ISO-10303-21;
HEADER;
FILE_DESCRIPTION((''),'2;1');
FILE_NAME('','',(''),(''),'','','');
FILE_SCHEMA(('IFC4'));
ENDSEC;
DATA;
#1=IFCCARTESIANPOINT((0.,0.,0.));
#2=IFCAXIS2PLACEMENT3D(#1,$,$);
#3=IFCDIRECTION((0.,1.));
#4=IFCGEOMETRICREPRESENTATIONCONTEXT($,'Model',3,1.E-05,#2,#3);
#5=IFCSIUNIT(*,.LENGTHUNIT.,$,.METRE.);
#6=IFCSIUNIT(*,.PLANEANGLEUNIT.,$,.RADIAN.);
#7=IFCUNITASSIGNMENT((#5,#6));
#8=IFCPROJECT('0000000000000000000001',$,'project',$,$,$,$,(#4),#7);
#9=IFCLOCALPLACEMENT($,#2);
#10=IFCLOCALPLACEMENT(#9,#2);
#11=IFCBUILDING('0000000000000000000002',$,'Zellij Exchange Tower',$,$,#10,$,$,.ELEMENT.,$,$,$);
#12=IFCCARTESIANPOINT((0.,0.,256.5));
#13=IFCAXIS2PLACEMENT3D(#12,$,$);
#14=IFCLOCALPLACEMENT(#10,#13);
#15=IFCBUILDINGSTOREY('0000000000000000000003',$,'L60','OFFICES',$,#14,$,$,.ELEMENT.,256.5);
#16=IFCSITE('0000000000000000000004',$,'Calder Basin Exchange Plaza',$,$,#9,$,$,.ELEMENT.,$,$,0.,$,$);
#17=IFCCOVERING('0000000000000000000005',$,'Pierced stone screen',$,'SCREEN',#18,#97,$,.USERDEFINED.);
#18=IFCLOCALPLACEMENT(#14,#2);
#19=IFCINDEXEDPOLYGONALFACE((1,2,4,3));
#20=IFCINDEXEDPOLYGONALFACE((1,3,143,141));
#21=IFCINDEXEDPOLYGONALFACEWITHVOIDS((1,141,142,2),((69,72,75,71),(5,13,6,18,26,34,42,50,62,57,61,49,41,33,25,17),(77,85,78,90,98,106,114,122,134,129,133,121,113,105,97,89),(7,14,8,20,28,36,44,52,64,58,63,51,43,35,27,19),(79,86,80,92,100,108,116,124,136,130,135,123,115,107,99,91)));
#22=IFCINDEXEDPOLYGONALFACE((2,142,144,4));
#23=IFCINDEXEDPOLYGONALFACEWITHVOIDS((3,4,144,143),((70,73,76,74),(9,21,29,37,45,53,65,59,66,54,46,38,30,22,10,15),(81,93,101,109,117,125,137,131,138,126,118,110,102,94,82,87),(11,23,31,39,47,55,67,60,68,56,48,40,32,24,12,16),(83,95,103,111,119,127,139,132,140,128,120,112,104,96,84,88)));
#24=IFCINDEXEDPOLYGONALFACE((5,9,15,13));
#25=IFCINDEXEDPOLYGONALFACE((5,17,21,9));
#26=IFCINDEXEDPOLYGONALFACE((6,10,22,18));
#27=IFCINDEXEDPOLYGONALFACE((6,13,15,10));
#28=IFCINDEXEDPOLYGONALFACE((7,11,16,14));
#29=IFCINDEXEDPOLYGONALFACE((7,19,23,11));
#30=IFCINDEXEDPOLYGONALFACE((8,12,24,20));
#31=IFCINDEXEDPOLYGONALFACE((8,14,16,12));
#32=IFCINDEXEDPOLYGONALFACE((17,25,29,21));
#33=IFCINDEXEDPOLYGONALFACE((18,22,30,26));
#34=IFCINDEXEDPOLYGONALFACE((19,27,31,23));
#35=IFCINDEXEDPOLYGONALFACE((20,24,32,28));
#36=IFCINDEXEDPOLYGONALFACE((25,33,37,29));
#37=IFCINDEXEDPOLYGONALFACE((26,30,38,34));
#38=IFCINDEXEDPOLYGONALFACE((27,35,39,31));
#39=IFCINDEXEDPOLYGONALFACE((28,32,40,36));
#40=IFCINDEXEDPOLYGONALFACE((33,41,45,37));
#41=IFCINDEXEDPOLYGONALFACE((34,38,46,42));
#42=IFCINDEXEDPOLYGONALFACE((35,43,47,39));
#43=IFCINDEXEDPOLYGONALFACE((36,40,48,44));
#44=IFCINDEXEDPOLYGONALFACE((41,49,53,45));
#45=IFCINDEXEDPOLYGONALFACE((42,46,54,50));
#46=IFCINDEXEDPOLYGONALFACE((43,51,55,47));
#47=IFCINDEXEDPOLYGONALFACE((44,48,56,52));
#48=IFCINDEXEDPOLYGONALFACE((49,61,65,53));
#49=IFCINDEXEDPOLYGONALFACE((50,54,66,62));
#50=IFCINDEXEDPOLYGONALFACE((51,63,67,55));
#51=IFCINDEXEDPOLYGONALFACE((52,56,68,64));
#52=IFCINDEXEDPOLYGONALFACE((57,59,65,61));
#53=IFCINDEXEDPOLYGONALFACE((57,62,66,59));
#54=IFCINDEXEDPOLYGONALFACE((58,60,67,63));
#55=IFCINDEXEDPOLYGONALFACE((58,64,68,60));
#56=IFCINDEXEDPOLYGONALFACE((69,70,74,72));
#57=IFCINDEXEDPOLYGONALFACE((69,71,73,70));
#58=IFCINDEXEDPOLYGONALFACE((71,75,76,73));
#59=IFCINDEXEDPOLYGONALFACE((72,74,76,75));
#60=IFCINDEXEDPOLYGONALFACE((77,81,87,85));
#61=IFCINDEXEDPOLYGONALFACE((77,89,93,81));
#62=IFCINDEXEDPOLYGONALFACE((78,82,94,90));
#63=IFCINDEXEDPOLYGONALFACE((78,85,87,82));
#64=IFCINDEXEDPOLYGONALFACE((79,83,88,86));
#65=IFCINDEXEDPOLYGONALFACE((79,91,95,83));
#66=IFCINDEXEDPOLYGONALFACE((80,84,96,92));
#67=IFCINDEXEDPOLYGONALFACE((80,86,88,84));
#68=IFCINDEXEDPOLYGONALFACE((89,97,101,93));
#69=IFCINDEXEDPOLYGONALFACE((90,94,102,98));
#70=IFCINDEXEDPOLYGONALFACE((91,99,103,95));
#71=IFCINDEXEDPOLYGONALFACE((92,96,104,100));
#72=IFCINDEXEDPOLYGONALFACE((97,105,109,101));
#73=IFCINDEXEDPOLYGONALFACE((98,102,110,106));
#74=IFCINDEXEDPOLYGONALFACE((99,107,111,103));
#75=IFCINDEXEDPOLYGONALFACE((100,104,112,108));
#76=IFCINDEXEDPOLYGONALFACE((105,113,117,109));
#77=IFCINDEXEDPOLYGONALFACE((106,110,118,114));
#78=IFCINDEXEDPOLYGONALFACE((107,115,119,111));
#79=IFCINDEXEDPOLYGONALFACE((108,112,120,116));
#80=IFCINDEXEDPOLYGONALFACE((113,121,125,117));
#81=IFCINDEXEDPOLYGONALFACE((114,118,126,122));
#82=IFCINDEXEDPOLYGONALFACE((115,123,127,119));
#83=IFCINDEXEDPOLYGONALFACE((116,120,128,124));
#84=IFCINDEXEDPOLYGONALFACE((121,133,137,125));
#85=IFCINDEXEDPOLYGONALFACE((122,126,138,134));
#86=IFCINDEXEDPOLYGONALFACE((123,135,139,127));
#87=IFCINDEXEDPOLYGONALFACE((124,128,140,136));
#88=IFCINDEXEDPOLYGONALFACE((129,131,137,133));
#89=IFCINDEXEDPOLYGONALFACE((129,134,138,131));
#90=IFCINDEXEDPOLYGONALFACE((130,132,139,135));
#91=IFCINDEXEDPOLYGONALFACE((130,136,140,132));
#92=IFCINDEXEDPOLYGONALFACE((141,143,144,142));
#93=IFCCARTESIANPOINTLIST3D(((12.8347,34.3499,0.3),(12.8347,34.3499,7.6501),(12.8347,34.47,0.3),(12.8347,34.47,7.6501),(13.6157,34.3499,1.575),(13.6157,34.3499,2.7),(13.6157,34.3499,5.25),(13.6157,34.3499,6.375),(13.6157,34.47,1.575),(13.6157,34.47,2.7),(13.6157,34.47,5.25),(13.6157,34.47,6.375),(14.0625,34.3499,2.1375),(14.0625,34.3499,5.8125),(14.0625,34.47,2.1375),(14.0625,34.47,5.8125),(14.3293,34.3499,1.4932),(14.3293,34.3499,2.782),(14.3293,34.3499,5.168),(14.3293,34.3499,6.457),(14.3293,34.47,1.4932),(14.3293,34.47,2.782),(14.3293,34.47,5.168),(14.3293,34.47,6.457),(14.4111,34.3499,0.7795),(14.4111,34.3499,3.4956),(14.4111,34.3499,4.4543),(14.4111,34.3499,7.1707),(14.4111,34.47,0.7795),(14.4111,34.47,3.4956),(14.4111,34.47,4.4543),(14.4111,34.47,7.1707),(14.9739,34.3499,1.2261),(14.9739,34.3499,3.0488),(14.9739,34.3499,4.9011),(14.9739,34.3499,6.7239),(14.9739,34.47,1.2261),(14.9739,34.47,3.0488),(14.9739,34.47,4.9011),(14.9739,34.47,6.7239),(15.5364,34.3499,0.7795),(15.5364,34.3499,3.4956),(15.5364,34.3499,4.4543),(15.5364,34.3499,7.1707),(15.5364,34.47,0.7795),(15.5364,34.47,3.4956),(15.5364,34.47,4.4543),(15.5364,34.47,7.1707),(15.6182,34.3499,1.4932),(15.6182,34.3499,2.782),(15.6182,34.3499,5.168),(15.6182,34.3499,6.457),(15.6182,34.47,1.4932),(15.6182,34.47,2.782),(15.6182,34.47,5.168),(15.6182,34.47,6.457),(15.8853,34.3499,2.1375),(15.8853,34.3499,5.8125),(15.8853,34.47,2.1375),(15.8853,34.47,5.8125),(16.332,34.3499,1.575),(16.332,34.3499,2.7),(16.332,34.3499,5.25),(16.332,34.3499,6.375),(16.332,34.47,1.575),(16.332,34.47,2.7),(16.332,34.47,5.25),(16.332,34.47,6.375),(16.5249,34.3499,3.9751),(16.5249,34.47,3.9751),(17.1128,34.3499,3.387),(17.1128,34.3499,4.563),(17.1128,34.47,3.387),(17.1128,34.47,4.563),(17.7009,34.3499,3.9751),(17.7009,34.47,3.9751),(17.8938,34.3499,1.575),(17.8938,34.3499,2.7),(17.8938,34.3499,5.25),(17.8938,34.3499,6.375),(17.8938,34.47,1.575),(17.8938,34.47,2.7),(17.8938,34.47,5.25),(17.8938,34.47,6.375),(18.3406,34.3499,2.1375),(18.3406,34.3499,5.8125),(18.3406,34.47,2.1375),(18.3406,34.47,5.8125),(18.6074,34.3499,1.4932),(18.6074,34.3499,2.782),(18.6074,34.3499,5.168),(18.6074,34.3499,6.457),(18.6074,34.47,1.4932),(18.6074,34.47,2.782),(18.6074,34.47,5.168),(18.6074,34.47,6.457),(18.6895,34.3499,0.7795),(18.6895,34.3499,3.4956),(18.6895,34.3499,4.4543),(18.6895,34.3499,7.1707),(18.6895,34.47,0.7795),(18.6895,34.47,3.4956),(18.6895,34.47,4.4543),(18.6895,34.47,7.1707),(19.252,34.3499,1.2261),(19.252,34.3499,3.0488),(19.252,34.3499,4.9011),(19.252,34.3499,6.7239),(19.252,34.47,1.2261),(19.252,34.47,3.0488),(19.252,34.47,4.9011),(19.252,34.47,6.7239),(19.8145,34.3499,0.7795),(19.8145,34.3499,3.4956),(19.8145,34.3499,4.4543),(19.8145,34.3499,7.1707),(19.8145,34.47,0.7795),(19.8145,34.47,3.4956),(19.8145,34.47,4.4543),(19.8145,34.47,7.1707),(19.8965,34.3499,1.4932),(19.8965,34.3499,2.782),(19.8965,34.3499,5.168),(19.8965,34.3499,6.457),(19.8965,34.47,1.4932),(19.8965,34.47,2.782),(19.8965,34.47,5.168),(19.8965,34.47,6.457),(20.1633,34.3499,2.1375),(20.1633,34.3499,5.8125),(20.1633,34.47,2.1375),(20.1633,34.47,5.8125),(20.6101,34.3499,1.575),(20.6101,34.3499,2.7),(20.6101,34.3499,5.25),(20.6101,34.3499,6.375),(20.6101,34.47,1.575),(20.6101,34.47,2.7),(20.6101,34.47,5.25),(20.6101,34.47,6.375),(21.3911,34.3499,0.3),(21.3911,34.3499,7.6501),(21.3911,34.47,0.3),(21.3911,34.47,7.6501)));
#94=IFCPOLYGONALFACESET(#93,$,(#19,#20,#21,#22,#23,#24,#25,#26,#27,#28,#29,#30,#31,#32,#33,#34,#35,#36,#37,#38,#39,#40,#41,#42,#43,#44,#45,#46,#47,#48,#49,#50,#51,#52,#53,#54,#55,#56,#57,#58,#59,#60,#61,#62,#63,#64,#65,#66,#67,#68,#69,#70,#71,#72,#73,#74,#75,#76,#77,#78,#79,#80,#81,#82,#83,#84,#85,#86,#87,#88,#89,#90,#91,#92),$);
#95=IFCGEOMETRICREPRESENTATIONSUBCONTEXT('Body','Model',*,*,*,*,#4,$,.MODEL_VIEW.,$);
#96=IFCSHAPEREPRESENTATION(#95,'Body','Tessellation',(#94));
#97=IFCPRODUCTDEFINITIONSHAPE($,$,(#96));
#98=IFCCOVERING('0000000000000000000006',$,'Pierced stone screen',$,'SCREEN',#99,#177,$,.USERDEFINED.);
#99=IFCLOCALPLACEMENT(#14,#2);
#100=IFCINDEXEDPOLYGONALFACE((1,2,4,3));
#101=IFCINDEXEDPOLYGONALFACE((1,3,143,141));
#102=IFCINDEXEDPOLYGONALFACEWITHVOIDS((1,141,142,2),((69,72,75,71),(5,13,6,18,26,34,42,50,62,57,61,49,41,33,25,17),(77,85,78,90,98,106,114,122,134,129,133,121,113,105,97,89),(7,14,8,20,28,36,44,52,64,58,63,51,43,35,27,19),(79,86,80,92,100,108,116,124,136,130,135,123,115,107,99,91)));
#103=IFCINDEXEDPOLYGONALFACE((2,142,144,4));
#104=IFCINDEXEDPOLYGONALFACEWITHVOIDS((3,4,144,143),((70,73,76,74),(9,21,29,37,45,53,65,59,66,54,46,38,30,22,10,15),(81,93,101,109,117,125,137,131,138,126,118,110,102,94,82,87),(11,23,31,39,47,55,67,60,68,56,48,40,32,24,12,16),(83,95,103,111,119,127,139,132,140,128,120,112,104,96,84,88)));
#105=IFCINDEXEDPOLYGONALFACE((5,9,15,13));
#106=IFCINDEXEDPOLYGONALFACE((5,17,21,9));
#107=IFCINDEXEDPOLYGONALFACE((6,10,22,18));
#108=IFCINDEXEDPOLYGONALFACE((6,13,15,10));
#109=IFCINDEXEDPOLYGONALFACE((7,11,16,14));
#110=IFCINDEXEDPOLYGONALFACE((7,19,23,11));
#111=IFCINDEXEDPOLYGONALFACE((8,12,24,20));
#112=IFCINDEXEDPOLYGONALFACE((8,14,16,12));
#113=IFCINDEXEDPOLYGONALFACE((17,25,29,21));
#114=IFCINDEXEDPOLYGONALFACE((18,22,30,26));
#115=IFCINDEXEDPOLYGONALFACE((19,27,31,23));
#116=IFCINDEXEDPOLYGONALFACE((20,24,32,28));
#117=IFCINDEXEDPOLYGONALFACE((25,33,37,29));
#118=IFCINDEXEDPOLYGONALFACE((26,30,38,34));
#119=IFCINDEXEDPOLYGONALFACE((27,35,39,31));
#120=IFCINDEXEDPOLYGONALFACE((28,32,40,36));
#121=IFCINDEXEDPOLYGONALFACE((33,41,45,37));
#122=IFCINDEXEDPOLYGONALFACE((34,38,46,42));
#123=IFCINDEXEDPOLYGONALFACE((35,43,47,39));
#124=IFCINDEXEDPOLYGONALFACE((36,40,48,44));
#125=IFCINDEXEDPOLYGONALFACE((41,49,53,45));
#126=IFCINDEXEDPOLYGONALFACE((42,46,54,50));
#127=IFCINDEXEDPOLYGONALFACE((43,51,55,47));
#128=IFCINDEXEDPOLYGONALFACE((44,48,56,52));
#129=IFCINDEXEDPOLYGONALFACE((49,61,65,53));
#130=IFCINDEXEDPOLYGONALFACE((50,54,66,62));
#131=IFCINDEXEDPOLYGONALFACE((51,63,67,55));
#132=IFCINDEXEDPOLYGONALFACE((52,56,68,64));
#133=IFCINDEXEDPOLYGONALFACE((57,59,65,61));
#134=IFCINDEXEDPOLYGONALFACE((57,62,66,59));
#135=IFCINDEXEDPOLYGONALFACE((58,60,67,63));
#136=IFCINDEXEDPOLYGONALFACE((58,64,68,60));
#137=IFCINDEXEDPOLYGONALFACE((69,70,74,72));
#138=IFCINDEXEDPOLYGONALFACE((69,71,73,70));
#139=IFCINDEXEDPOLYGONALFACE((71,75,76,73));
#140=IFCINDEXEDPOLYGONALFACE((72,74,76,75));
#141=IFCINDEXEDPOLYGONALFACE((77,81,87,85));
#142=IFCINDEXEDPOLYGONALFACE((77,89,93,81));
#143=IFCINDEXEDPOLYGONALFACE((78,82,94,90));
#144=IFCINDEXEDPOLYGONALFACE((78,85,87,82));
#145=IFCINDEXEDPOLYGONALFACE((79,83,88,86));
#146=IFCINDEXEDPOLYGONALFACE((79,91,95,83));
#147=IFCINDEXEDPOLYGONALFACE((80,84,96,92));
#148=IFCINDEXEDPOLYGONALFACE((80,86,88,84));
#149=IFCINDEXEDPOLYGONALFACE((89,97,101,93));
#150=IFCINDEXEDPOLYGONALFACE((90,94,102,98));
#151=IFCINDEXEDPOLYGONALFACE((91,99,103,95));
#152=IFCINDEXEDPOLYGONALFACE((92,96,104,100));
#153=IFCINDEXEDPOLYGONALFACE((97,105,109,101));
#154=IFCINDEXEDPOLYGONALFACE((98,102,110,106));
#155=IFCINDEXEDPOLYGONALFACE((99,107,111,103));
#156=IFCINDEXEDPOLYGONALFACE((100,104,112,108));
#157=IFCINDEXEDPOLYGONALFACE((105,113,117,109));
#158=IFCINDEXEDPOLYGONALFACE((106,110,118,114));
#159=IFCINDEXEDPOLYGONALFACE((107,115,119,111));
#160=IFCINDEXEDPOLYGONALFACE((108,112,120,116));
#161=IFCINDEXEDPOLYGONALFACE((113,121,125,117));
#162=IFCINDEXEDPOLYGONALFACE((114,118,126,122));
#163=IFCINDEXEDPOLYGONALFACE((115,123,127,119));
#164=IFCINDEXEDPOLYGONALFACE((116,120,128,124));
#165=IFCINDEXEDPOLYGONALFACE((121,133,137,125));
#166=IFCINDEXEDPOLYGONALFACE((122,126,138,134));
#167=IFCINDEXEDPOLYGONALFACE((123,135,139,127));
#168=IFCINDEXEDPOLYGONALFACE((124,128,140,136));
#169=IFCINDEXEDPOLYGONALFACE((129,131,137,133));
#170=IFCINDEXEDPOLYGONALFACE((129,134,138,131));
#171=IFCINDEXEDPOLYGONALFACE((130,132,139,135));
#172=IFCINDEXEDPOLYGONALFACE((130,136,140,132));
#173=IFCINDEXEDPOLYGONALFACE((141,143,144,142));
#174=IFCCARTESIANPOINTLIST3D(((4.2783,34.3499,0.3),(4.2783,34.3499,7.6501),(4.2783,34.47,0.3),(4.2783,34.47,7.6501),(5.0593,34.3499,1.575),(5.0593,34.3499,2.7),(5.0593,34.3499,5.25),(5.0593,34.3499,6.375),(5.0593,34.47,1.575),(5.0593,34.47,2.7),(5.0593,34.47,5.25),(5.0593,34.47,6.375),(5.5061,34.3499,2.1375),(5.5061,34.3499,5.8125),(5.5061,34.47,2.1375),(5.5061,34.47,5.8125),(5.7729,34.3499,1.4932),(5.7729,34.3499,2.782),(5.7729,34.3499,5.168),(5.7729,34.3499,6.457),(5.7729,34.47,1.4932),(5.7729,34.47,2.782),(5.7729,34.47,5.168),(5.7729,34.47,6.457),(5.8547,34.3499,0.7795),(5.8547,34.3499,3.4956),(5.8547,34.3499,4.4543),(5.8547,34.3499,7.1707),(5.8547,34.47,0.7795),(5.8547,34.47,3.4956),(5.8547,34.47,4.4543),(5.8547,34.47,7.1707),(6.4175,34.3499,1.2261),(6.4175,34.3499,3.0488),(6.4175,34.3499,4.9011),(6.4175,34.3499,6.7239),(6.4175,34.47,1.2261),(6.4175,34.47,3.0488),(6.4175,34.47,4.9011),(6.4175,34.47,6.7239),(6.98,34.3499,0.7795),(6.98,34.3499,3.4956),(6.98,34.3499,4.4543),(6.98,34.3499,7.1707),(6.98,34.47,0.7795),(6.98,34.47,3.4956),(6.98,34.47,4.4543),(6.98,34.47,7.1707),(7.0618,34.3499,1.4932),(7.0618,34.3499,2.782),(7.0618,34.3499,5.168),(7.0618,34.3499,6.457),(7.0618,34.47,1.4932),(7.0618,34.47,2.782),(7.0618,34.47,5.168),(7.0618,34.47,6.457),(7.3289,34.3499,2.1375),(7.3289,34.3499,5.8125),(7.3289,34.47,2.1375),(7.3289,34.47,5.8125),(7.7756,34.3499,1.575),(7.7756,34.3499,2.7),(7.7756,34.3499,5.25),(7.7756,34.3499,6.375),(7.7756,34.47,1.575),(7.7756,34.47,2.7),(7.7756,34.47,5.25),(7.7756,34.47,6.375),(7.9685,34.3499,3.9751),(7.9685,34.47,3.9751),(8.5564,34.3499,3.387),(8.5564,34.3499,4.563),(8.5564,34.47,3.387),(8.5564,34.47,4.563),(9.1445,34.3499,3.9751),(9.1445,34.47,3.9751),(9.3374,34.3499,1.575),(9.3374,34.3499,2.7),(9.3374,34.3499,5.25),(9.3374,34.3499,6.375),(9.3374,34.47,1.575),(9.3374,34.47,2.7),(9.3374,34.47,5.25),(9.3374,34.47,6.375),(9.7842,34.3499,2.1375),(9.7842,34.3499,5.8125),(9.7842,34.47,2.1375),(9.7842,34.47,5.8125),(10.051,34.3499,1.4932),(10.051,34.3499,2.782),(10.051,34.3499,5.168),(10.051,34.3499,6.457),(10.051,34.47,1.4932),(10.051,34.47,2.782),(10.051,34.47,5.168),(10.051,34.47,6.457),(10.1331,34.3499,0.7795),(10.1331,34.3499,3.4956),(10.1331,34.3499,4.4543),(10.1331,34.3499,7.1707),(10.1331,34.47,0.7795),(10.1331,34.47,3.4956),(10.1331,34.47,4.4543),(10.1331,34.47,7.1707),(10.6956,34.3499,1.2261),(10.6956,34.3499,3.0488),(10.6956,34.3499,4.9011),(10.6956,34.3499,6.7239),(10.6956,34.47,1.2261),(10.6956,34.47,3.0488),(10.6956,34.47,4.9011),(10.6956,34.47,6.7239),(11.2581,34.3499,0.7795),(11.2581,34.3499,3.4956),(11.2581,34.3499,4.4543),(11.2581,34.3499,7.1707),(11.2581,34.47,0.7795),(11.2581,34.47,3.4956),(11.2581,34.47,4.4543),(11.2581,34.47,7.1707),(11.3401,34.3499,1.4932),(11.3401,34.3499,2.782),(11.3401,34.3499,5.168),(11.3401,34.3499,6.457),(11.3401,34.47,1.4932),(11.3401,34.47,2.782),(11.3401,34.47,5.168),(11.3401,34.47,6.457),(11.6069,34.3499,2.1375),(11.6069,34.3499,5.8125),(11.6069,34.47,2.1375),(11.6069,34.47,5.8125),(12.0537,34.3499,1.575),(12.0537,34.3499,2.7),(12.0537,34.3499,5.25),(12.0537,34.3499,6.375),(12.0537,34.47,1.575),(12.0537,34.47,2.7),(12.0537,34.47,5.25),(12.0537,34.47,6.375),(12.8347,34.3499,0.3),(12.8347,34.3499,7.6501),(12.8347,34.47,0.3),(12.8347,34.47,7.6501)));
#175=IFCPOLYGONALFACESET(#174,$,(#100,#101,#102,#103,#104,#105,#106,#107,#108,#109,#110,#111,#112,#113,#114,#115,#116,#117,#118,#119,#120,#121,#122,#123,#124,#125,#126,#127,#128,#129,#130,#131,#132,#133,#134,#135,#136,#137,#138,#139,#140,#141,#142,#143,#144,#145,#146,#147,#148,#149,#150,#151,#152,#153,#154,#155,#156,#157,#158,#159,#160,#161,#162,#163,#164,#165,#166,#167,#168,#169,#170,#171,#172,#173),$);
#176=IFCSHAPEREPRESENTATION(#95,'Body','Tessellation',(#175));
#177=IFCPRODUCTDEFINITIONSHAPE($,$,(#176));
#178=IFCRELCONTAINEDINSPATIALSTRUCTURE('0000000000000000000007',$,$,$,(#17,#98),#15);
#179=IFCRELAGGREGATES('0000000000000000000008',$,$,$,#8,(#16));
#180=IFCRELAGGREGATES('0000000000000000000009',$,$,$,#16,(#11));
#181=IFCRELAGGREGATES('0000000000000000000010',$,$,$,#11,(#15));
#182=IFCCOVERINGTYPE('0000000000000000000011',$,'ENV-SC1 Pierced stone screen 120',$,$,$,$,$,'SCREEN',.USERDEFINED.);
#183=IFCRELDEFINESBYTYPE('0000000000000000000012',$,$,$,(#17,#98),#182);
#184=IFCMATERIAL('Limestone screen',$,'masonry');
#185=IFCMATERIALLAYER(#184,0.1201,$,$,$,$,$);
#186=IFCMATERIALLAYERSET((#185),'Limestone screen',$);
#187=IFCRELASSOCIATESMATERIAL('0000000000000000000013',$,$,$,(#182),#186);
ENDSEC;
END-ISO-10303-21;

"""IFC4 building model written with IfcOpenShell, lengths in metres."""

from ifc_helpers import new_model, si_unit, direction, frame, origin, place, context, subcontext, project, spatial, polyline, outline, extrude, material, layer, layer_set, type_object, element, save


model = new_model("IFC4")

# Units and contexts
model_context = context("Model", 3, precision=1e-05, world=origin(), true_north=direction((0.0, 1.0)))
body_context = subcontext(model_context, "Body", "Model", "MODEL_VIEW")
ifc_project = project(units=[si_unit("LENGTHUNIT", "METRE"), si_unit("PLANEANGLEUNIT", "RADIAN")], contexts=[model_context])

# Site, building, storey
site_placement = place(None, origin())
site = spatial("IfcSite", under=ifc_project, at=site_placement, Name="Calder Basin Exchange Plaza", CompositionType="ELEMENT", RefElevation=0.0)
building_placement = place(site_placement, origin())
building = spatial("IfcBuilding", under=site, at=building_placement, Name="Zellij Exchange Tower", CompositionType="ELEMENT")
storey_placement = place(building_placement, frame((0.0, 0.0, 256.5)))
storey = spatial("IfcBuildingStorey", under=building, at=storey_placement, Name="L60", Description="OFFICES", CompositionType="ELEMENT", Elevation=256.5)

# Coverings
ifc_material_1 = material(Name="Limestone screen", Category="masonry")
ifc_layer_1 = layer(ifc_material_1, 0.1201)
ifc_layer_set_1 = layer_set([ifc_layer_1], Name="Limestone screen")
covering_type = type_object("IfcCoveringType", Name="ENV-SC1 Pierced stone screen 120", ElementType="SCREEN", PredefinedType="USERDEFINED", material=ifc_layer_set_1)
covering_1_placement = place(storey_placement, frame((21.3911, 34.4099, 0.3), z_axis=(0.0, 0.0, 1.0), x_axis=(-1.0, 0.0, 0.0)))
element("IfcCovering", 1, at=covering_1_placement, inside=storey, type_object=covering_type, Name="Pierced stone screen", ObjectType="SCREEN", PredefinedType="USERDEFINED", context=body_context, shape_type="SweptSolid", body=[
    extrude(outline(polyline([(0.0, 0.0), (8.5564, 0.0), (8.5564, 7.3501), (0.0, 7.3501), (0.0, 0.0)]), holes=[polyline([(3.4973, 2.3999), (2.7837, 2.4819), (2.7017, 3.1956), (2.1392, 2.7488), (1.5767, 3.1956), (1.4946, 2.4819), (0.781, 2.3999), (1.2278, 1.8374), (0.781, 1.2749), (1.4946, 1.1931), (1.5767, 0.4795), (2.1392, 0.926), (2.7017, 0.4795), (2.7837, 1.1931), (3.4973, 1.2749), (3.0505, 1.8374), (3.4973, 2.3999)]), polyline([(3.4973, 6.075), (2.7837, 6.157), (2.7017, 6.8706), (2.1392, 6.4238), (1.5767, 6.8706), (1.4946, 6.157), (0.781, 6.075), (1.2278, 5.5125), (0.781, 4.95), (1.4946, 4.8679), (1.5767, 4.1543), (2.1392, 4.6011), (2.7017, 4.1543), (2.7837, 4.8679), (3.4973, 4.95), (3.0505, 5.5125), (3.4973, 6.075)]), polyline([(7.7754, 2.3999), (7.0618, 2.4819), (6.98, 3.1956), (6.4172, 2.7488), (5.8547, 3.1956), (5.7729, 2.4819), (5.0591, 2.3999), (5.5059, 1.8374), (5.0591, 1.2749), (5.7729, 1.1931), (5.8547, 0.4795), (6.4172, 0.926), (6.98, 0.4795), (7.0618, 1.1931), (7.7754, 1.2749), (7.3286, 1.8374), (7.7754, 2.3999)]), polyline([(7.7754, 6.075), (7.0618, 6.157), (6.98, 6.8706), (6.4172, 6.4238), (5.8547, 6.8706), (5.7729, 6.157), (5.0591, 6.075), (5.5059, 5.5125), (5.0591, 4.95), (5.7729, 4.8679), (5.8547, 4.1543), (6.4172, 4.6011), (6.98, 4.1543), (7.0618, 4.8679), (7.7754, 4.95), (7.3286, 5.5125), (7.7754, 6.075)]), polyline([(4.8662, 3.675), (4.2783, 4.2629), (3.6902, 3.675), (4.2783, 3.0869), (4.8662, 3.675)])]), frame((0.0, 0.0601, 0.0), z_axis=(0.0, -1.0, 0.0), x_axis=(1.0, 0.0, 0.0)), (0.0, 0.0, 1.0), 0.1201),
])
covering_2_placement = place(storey_placement, frame((12.8347, 34.4099, 0.3), z_axis=(0.0, 0.0, 1.0), x_axis=(-1.0, 0.0, 0.0)))
element("IfcCovering", 2, at=covering_2_placement, inside=storey, type_object=covering_type, Name="Pierced stone screen", ObjectType="SCREEN", PredefinedType="USERDEFINED", context=body_context, shape_type="SweptSolid", body=[
    extrude(outline(polyline([(0.0, 0.0), (8.5564, 0.0), (8.5564, 7.3501), (0.0, 7.3501), (0.0, 0.0)]), holes=[polyline([(3.4973, 2.3999), (2.7837, 2.4819), (2.7017, 3.1956), (2.1392, 2.7488), (1.5767, 3.1956), (1.4946, 2.4819), (0.781, 2.3999), (1.2278, 1.8374), (0.781, 1.2749), (1.4946, 1.1931), (1.5767, 0.4795), (2.1392, 0.926), (2.7017, 0.4795), (2.7837, 1.1931), (3.4973, 1.2749), (3.0505, 1.8374), (3.4973, 2.3999)]), polyline([(3.4973, 6.075), (2.7837, 6.157), (2.7017, 6.8706), (2.1392, 6.4238), (1.5767, 6.8706), (1.4946, 6.157), (0.781, 6.075), (1.2278, 5.5125), (0.781, 4.95), (1.4946, 4.8679), (1.5767, 4.1543), (2.1392, 4.6011), (2.7017, 4.1543), (2.7837, 4.8679), (3.4973, 4.95), (3.0505, 5.5125), (3.4973, 6.075)]), polyline([(7.7754, 2.3999), (7.0618, 2.4819), (6.98, 3.1956), (6.4172, 2.7488), (5.8547, 3.1956), (5.7729, 2.4819), (5.0591, 2.3999), (5.5059, 1.8374), (5.0591, 1.2749), (5.7729, 1.1931), (5.8547, 0.4795), (6.4172, 0.926), (6.98, 0.4795), (7.0618, 1.1931), (7.7754, 1.2749), (7.3286, 1.8374), (7.7754, 2.3999)]), polyline([(7.7754, 6.075), (7.0618, 6.157), (6.98, 6.8706), (6.4172, 6.4238), (5.8547, 6.8706), (5.7729, 6.157), (5.0591, 6.075), (5.5059, 5.5125), (5.0591, 4.95), (5.7729, 4.8679), (5.8547, 4.1543), (6.4172, 4.6011), (6.98, 4.1543), (7.0618, 4.8679), (7.7754, 4.95), (7.3286, 5.5125), (7.7754, 6.075)]), polyline([(4.8662, 3.675), (4.2783, 4.2629), (3.6902, 3.675), (4.2783, 3.0869), (4.8662, 3.675)])]), frame((0.0, 0.0601, 0.0), z_axis=(0.0, -1.0, 0.0), x_axis=(1.0, 0.0, 0.0)), (0.0, 0.0, 1.0), 0.1201),
])

save(model, "model.ifc")
